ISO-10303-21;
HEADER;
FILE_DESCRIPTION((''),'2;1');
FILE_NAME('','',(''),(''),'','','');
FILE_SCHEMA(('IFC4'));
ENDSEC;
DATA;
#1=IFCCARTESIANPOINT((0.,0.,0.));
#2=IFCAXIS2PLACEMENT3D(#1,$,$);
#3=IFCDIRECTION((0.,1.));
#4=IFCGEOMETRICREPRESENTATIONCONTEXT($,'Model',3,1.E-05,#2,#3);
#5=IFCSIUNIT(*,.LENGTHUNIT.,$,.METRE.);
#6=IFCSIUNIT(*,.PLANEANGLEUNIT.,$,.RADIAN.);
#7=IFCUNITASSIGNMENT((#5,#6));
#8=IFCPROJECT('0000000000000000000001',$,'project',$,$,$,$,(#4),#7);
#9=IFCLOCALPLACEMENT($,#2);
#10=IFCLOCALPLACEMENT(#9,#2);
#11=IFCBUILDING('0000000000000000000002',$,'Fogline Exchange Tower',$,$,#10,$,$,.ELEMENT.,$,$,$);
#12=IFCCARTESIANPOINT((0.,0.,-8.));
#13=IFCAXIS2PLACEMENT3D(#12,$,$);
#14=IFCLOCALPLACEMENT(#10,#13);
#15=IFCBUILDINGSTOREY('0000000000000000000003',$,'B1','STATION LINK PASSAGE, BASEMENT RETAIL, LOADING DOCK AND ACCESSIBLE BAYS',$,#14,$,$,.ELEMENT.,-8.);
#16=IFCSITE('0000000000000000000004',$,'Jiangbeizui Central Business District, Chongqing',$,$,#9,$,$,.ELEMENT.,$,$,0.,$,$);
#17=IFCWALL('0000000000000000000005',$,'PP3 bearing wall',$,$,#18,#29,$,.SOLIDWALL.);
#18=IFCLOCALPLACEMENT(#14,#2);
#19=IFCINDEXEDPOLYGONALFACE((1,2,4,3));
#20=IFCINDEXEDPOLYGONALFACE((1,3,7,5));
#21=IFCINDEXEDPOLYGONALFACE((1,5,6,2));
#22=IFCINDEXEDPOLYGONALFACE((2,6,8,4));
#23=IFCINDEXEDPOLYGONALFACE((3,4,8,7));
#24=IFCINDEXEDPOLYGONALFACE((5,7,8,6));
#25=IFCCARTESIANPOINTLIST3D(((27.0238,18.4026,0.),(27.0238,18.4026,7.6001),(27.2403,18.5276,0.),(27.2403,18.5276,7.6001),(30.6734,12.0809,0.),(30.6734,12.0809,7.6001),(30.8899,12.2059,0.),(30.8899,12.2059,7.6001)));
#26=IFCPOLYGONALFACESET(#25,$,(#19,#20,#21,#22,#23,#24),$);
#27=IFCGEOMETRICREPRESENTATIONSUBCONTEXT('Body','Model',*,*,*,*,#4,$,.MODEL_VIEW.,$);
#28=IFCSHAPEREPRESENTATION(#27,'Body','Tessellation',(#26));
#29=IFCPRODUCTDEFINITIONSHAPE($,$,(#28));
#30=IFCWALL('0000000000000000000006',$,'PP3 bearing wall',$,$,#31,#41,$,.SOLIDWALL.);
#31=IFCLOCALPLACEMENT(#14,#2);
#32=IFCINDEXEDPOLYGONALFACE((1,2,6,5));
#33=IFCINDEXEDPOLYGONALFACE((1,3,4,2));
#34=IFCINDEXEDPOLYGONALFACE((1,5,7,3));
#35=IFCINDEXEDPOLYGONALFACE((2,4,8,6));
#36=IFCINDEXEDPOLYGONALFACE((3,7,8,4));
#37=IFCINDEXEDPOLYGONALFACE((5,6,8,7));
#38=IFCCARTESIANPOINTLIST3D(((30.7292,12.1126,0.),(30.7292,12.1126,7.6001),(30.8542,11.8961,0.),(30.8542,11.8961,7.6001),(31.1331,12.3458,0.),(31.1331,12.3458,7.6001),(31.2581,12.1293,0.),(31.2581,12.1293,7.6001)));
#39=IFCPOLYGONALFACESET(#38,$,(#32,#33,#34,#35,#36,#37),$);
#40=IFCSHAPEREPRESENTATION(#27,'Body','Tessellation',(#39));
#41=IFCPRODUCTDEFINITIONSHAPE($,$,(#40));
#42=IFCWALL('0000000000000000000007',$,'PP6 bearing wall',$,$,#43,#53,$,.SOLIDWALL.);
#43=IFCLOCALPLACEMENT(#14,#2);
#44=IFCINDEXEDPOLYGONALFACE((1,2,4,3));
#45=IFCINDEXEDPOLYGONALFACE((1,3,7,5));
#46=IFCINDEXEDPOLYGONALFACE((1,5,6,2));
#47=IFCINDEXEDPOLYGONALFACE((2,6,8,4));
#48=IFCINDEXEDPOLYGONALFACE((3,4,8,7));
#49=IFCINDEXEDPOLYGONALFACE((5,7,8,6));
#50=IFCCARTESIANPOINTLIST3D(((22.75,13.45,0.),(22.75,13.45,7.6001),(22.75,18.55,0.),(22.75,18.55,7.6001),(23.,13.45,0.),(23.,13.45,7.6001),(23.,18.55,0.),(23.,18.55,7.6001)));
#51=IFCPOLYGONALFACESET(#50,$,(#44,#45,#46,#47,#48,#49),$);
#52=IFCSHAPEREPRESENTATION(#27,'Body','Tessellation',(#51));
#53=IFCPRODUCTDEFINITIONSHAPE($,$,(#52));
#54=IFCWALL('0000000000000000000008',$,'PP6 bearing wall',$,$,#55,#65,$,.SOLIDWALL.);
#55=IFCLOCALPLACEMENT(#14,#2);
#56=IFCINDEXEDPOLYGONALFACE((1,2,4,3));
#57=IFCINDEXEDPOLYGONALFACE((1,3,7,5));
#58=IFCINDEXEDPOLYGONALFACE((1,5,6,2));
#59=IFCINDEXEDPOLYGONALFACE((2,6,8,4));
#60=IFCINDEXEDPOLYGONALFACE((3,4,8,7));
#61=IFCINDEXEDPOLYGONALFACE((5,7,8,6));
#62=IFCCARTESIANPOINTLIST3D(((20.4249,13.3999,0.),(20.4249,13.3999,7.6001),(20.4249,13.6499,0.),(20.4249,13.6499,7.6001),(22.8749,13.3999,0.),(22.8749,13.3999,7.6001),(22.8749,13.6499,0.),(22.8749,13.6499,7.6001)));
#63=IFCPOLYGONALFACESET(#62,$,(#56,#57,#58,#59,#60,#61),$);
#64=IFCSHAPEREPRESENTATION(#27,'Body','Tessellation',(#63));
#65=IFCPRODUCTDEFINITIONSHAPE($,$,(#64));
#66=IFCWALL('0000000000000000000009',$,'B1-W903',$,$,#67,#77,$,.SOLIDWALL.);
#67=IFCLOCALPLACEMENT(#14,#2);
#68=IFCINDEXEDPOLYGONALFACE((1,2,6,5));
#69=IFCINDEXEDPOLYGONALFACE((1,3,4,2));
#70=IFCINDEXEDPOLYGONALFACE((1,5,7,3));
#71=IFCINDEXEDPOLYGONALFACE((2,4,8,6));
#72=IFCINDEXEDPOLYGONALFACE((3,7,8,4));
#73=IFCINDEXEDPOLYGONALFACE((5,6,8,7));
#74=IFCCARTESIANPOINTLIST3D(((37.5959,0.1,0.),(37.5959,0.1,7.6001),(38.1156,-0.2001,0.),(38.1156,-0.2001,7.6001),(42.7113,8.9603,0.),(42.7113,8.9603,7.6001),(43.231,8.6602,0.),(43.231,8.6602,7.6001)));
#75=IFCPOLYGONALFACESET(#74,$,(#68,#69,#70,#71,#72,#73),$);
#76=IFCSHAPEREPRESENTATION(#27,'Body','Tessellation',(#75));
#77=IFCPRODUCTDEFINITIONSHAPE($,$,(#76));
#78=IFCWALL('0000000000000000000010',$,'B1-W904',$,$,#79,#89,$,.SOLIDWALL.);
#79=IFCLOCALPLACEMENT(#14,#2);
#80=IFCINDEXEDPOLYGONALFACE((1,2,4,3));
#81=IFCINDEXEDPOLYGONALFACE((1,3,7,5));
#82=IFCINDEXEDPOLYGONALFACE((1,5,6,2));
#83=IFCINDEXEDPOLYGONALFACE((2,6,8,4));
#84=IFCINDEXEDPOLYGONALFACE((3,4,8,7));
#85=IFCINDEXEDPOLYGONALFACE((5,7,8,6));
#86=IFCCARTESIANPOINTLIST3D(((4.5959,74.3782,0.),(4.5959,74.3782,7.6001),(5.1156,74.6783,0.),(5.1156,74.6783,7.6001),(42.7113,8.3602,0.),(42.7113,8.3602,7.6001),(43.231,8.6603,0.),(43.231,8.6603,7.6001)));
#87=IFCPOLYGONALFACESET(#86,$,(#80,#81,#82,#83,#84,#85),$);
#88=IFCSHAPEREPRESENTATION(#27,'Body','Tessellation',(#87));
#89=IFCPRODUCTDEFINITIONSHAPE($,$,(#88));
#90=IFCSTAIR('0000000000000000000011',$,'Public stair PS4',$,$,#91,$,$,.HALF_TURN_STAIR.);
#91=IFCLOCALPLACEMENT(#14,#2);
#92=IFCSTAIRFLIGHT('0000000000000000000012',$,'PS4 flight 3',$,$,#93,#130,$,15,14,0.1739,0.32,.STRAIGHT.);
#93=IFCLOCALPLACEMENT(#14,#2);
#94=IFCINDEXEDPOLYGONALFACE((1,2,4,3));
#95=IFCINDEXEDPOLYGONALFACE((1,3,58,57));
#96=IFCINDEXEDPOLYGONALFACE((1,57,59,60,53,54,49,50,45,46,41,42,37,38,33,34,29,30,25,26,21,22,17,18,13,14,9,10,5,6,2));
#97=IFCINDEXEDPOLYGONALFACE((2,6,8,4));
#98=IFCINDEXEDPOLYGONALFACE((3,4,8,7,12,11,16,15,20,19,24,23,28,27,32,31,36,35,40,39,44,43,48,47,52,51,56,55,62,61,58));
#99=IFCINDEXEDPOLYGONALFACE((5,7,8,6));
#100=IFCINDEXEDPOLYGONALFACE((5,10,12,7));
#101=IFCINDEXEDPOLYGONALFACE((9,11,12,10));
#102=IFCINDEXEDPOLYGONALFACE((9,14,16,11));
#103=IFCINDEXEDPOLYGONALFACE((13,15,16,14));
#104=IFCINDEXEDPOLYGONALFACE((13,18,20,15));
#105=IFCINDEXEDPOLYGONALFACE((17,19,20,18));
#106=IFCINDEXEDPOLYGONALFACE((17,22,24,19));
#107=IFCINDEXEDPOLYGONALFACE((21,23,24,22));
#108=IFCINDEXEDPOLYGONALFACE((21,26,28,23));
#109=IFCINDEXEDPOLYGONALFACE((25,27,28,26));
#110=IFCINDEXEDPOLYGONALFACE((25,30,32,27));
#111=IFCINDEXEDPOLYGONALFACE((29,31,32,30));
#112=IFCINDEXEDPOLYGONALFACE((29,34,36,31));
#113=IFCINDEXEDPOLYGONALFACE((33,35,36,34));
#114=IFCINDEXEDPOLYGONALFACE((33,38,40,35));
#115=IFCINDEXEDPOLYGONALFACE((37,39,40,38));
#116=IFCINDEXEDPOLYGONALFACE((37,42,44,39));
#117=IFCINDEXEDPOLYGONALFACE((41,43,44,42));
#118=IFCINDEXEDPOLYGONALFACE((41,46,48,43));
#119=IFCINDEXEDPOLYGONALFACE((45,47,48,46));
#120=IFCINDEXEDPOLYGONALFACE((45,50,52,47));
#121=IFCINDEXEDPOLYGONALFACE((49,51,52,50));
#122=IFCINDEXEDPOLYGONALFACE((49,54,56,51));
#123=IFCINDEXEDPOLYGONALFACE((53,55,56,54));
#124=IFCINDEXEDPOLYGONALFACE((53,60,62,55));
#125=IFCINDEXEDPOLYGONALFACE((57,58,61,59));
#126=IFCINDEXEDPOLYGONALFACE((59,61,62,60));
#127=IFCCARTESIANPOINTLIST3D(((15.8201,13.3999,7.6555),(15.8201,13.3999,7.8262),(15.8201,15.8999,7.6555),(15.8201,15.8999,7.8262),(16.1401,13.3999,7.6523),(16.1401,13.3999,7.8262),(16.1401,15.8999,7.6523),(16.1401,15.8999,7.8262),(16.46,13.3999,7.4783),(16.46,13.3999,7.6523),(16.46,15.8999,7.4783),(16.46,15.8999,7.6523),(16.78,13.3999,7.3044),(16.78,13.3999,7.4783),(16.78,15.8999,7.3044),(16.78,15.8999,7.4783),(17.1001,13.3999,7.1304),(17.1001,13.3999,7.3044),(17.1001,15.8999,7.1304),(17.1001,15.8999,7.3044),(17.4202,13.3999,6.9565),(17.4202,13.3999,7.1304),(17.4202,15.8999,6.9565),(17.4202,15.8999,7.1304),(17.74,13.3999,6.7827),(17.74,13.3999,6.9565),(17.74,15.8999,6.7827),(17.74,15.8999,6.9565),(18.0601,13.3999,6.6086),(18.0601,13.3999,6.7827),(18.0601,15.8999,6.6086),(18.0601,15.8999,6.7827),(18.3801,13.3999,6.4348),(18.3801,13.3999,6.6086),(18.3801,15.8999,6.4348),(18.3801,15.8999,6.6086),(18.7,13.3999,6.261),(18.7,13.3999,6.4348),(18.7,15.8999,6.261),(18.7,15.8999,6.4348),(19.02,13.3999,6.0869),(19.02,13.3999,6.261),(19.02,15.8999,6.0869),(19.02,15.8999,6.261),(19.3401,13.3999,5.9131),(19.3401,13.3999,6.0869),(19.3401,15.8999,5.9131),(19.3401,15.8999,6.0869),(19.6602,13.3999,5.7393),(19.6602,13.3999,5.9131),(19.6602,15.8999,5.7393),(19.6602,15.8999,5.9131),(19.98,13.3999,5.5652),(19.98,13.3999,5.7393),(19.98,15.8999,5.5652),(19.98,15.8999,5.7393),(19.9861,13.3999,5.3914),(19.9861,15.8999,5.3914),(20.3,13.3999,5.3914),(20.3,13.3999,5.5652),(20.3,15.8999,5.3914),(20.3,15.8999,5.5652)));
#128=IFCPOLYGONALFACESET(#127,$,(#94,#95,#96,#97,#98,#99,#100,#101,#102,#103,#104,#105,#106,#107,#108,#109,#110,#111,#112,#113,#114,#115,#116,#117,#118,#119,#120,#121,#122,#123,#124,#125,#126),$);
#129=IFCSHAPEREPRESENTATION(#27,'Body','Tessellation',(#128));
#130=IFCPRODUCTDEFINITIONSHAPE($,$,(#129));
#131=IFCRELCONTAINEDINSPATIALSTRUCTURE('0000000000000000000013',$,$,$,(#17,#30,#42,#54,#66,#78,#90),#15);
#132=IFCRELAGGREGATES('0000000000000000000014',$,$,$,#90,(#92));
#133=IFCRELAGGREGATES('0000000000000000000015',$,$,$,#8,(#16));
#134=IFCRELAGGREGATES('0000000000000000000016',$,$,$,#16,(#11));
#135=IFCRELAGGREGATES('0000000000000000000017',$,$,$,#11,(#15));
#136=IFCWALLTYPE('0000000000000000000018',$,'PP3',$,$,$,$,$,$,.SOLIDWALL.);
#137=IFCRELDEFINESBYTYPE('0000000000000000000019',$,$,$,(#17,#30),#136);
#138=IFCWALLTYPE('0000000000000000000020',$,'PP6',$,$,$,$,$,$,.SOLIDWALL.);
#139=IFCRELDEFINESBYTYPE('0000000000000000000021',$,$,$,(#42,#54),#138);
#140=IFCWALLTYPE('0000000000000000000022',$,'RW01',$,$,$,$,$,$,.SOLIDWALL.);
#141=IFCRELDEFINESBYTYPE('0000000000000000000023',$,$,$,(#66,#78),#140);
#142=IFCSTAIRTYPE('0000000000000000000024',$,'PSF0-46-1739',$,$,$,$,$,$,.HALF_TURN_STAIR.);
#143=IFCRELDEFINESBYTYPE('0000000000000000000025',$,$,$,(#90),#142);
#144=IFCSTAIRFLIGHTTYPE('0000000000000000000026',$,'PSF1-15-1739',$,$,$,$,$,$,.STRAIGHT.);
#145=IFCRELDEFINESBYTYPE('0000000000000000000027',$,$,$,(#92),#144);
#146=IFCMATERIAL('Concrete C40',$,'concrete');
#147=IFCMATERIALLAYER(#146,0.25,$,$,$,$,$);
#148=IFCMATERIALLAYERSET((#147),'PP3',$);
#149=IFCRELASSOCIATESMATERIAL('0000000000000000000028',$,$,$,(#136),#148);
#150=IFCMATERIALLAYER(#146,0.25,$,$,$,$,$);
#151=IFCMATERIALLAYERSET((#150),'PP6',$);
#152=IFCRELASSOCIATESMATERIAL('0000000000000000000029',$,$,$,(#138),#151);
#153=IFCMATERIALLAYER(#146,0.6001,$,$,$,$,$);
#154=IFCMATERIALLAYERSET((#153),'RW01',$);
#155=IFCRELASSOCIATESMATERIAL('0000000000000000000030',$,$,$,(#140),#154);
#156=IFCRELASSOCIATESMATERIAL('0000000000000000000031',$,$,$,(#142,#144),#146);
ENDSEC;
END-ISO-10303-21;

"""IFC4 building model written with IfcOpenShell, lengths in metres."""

from ifc_helpers import new_model, si_unit, direction, frame, frame_2d, origin, place, context, subcontext, project, spatial, polyline, rectangle, outline, extrude, material, layer, layer_set, type_object, element, aggregate, save


model = new_model("IFC4")

# Units and contexts
model_context = context("Model", 3, precision=1e-05, world=origin(), true_north=direction((0.0, 1.0)))
body_context = subcontext(model_context, "Body", "Model", "MODEL_VIEW")
ifc_project = project(units=[si_unit("LENGTHUNIT", "METRE"), si_unit("PLANEANGLEUNIT", "RADIAN")], contexts=[model_context])

# Site, building, storey
site_placement = place(None, origin())
site = spatial("IfcSite", under=ifc_project, at=site_placement, Name="Jiangbeizui Central Business District, Chongqing", CompositionType="ELEMENT", RefElevation=0.0)
building_placement = place(site_placement, origin())
building = spatial("IfcBuilding", under=site, at=building_placement, Name="Fogline Exchange Tower", CompositionType="ELEMENT")
storey_placement = place(building_placement, frame((0.0, 0.0, -8.0)))
storey = spatial("IfcBuildingStorey", under=building, at=storey_placement, Name="B1", Description="STATION LINK PASSAGE, BASEMENT RETAIL, LOADING DOCK AND ACCESSIBLE BAYS", CompositionType="ELEMENT", Elevation=-8.0)

# Walls
ifc_material_1 = material(Name="Concrete C40", Category="concrete")
ifc_layer_1 = layer(ifc_material_1, 0.25)
ifc_layer_set_1 = layer_set([ifc_layer_1], Name="PP3")
wall_type_1 = type_object("IfcWallType", Name="PP3", PredefinedType="SOLIDWALL", material=ifc_layer_set_1)
wall_1_placement = place(storey_placement, frame((30.7817, 12.1433, 0.0), z_axis=(0.0, 0.0, 1.0), x_axis=(-0.499977, 0.866039, 0.0)))
element("IfcWall", 1, at=wall_1_placement, inside=storey, type_object=wall_type_1, Name="PP3 bearing wall", PredefinedType="SOLIDWALL", context=body_context, shape_type="SweptSolid", body=[
    extrude(rectangle(XDim=7.2996, YDim=0.25, at=frame_2d((3.6499, 0.0))), origin(), (0.0, 0.0, 1.0), 7.6001),
])
wall_2_placement = place(storey_placement, frame((31.1956, 12.2375, 0.0), z_axis=(0.0, 0.0, 1.0), x_axis=(-0.866011, -0.500025, 0.0)))
element("IfcWall", 2, at=wall_2_placement, inside=storey, type_object=wall_type_1, Name="PP3 bearing wall", PredefinedType="SOLIDWALL", context=body_context, shape_type="SweptSolid", body=[
    extrude(rectangle(XDim=0.4663, YDim=0.25, at=frame_2d((0.2332, 0.0))), origin(), (0.0, 0.0, 1.0), 7.6001),
])
ifc_layer_2 = layer(ifc_material_1, 0.25)
ifc_layer_set_2 = layer_set([ifc_layer_2], Name="PP6")
wall_type_2 = type_object("IfcWallType", Name="PP6", PredefinedType="SOLIDWALL", material=ifc_layer_set_2)
wall_3_placement = place(storey_placement, frame((22.875, 13.45, 0.0), z_axis=(0.0, 0.0, 1.0), x_axis=(0.0, 1.0, 0.0)))
element("IfcWall", 3, at=wall_3_placement, inside=storey, type_object=wall_type_2, Name="PP6 bearing wall", PredefinedType="SOLIDWALL", context=body_context, shape_type="SweptSolid", body=[
    extrude(rectangle(XDim=5.1001, YDim=0.25, at=frame_2d((2.55, 0.0))), origin(), (0.0, 0.0, 1.0), 7.6001),
])
wall_4_placement = place(storey_placement, frame((22.875, 13.5249, 0.0), z_axis=(0.0, 0.0, 1.0), x_axis=(-1.0, 0.0, 0.0)))
element("IfcWall", 4, at=wall_4_placement, inside=storey, type_object=wall_type_2, Name="PP6 bearing wall", PredefinedType="SOLIDWALL", context=body_context, shape_type="SweptSolid", body=[
    extrude(rectangle(XDim=2.45, YDim=0.25, at=frame_2d((1.2251, 0.0))), origin(), (0.0, 0.0, 1.0), 7.6001),
])
ifc_layer_3 = layer(ifc_material_1, 0.6001)
ifc_layer_set_3 = layer_set([ifc_layer_3], Name="RW01")
wall_type_3 = type_object("IfcWallType", Name="RW01", PredefinedType="SOLIDWALL", material=ifc_layer_set_3)
wall_5_placement = place(storey_placement, frame((37.8557, -0.05, 0.0), z_axis=(0.0, 0.0, 1.0), x_axis=(0.499996, 0.866027, 0.0)))
element("IfcWall", 5, at=wall_5_placement, inside=storey, type_object=wall_type_3, Name="B1-W903", PredefinedType="SOLIDWALL", context=body_context, shape_type="SweptSolid", body=[
    extrude(rectangle(XDim=10.231, YDim=0.6001, at=frame_2d((5.1155, 0.0))), origin(), (0.0, 0.0, 1.0), 7.6001),
])
wall_6_placement = place(storey_placement, frame((42.9712, 8.5103, 0.0), z_axis=(0.0, 0.0, 1.0), x_axis=(-0.499999, 0.866026, 0.0)))
element("IfcWall", 6, at=wall_6_placement, inside=storey, type_object=wall_type_3, Name="B1-W904", PredefinedType="SOLIDWALL", context=body_context, shape_type="SweptSolid", body=[
    extrude(rectangle(XDim=76.231, YDim=0.6001, at=frame_2d((38.1155, 0.0))), origin(), (0.0, 0.0, 1.0), 7.6001),
])

# Stair, stair flight
stair_type = type_object("IfcStairType", Name="PSF0-46-1739", PredefinedType="HALF_TURN_STAIR", material=ifc_material_1)
stair_placement = place(storey_placement, origin())
stair = element("IfcStair", 7, at=stair_placement, inside=storey, type_object=stair_type, Name="Public stair PS4", PredefinedType="HALF_TURN_STAIR")
stair_flight_type = type_object("IfcStairFlightType", Name="PSF1-15-1739", PredefinedType="STRAIGHT", material=ifc_material_1)
stair_flight_placement = place(storey_placement, frame((20.3, 14.6499, 5.3914), z_axis=(0.0, 0.0, 1.0), x_axis=(-1.0, 0.0, 0.0)))
stair_flight = element("IfcStairFlight", 8, at=stair_flight_placement, type_object=stair_flight_type, Name="PS4 flight 3", NumberOfRisers=15, NumberOfTreads=14, PredefinedType="STRAIGHT", RiserHeight=0.1739, TreadLength=0.32, context=body_context, shape_type="SweptSolid", body=[
    extrude(outline(polyline([(0.0, 0.0), (0.0, 0.1738), (0.3201, 0.1738), (0.3201, 0.3479), (0.6399, 0.3479), (0.6399, 0.5217), (0.96, 0.5217), (0.96, 0.6956), (1.28, 0.6956), (1.28, 0.8696), (1.6001, 0.8696), (1.6001, 1.0435), (1.9199, 1.0435), (1.9199, 1.2173), (2.24, 1.2173), (2.24, 1.3914), (2.5601, 1.3914), (2.5601, 1.5652), (2.8799, 1.5652), (2.8799, 1.739), (3.2, 1.739), (3.2, 1.9131), (3.52, 1.9131), (3.52, 2.0869), (3.8401, 2.0869), (3.8401, 2.261), (4.1599, 2.261), (4.1599, 2.4348), (4.48, 2.4348), (4.48, 2.6086), (4.48, 2.2642), (0.314, 0.0), (0.0, 0.0)])), frame((0.0, 1.25, 0.0), z_axis=(0.0, -1.0, 0.0), x_axis=(1.0, 0.0, 0.0)), (0.0, 0.0, 1.0), 2.5),
])
aggregate(stair, [stair_flight])

save(model, "model.ifc")
